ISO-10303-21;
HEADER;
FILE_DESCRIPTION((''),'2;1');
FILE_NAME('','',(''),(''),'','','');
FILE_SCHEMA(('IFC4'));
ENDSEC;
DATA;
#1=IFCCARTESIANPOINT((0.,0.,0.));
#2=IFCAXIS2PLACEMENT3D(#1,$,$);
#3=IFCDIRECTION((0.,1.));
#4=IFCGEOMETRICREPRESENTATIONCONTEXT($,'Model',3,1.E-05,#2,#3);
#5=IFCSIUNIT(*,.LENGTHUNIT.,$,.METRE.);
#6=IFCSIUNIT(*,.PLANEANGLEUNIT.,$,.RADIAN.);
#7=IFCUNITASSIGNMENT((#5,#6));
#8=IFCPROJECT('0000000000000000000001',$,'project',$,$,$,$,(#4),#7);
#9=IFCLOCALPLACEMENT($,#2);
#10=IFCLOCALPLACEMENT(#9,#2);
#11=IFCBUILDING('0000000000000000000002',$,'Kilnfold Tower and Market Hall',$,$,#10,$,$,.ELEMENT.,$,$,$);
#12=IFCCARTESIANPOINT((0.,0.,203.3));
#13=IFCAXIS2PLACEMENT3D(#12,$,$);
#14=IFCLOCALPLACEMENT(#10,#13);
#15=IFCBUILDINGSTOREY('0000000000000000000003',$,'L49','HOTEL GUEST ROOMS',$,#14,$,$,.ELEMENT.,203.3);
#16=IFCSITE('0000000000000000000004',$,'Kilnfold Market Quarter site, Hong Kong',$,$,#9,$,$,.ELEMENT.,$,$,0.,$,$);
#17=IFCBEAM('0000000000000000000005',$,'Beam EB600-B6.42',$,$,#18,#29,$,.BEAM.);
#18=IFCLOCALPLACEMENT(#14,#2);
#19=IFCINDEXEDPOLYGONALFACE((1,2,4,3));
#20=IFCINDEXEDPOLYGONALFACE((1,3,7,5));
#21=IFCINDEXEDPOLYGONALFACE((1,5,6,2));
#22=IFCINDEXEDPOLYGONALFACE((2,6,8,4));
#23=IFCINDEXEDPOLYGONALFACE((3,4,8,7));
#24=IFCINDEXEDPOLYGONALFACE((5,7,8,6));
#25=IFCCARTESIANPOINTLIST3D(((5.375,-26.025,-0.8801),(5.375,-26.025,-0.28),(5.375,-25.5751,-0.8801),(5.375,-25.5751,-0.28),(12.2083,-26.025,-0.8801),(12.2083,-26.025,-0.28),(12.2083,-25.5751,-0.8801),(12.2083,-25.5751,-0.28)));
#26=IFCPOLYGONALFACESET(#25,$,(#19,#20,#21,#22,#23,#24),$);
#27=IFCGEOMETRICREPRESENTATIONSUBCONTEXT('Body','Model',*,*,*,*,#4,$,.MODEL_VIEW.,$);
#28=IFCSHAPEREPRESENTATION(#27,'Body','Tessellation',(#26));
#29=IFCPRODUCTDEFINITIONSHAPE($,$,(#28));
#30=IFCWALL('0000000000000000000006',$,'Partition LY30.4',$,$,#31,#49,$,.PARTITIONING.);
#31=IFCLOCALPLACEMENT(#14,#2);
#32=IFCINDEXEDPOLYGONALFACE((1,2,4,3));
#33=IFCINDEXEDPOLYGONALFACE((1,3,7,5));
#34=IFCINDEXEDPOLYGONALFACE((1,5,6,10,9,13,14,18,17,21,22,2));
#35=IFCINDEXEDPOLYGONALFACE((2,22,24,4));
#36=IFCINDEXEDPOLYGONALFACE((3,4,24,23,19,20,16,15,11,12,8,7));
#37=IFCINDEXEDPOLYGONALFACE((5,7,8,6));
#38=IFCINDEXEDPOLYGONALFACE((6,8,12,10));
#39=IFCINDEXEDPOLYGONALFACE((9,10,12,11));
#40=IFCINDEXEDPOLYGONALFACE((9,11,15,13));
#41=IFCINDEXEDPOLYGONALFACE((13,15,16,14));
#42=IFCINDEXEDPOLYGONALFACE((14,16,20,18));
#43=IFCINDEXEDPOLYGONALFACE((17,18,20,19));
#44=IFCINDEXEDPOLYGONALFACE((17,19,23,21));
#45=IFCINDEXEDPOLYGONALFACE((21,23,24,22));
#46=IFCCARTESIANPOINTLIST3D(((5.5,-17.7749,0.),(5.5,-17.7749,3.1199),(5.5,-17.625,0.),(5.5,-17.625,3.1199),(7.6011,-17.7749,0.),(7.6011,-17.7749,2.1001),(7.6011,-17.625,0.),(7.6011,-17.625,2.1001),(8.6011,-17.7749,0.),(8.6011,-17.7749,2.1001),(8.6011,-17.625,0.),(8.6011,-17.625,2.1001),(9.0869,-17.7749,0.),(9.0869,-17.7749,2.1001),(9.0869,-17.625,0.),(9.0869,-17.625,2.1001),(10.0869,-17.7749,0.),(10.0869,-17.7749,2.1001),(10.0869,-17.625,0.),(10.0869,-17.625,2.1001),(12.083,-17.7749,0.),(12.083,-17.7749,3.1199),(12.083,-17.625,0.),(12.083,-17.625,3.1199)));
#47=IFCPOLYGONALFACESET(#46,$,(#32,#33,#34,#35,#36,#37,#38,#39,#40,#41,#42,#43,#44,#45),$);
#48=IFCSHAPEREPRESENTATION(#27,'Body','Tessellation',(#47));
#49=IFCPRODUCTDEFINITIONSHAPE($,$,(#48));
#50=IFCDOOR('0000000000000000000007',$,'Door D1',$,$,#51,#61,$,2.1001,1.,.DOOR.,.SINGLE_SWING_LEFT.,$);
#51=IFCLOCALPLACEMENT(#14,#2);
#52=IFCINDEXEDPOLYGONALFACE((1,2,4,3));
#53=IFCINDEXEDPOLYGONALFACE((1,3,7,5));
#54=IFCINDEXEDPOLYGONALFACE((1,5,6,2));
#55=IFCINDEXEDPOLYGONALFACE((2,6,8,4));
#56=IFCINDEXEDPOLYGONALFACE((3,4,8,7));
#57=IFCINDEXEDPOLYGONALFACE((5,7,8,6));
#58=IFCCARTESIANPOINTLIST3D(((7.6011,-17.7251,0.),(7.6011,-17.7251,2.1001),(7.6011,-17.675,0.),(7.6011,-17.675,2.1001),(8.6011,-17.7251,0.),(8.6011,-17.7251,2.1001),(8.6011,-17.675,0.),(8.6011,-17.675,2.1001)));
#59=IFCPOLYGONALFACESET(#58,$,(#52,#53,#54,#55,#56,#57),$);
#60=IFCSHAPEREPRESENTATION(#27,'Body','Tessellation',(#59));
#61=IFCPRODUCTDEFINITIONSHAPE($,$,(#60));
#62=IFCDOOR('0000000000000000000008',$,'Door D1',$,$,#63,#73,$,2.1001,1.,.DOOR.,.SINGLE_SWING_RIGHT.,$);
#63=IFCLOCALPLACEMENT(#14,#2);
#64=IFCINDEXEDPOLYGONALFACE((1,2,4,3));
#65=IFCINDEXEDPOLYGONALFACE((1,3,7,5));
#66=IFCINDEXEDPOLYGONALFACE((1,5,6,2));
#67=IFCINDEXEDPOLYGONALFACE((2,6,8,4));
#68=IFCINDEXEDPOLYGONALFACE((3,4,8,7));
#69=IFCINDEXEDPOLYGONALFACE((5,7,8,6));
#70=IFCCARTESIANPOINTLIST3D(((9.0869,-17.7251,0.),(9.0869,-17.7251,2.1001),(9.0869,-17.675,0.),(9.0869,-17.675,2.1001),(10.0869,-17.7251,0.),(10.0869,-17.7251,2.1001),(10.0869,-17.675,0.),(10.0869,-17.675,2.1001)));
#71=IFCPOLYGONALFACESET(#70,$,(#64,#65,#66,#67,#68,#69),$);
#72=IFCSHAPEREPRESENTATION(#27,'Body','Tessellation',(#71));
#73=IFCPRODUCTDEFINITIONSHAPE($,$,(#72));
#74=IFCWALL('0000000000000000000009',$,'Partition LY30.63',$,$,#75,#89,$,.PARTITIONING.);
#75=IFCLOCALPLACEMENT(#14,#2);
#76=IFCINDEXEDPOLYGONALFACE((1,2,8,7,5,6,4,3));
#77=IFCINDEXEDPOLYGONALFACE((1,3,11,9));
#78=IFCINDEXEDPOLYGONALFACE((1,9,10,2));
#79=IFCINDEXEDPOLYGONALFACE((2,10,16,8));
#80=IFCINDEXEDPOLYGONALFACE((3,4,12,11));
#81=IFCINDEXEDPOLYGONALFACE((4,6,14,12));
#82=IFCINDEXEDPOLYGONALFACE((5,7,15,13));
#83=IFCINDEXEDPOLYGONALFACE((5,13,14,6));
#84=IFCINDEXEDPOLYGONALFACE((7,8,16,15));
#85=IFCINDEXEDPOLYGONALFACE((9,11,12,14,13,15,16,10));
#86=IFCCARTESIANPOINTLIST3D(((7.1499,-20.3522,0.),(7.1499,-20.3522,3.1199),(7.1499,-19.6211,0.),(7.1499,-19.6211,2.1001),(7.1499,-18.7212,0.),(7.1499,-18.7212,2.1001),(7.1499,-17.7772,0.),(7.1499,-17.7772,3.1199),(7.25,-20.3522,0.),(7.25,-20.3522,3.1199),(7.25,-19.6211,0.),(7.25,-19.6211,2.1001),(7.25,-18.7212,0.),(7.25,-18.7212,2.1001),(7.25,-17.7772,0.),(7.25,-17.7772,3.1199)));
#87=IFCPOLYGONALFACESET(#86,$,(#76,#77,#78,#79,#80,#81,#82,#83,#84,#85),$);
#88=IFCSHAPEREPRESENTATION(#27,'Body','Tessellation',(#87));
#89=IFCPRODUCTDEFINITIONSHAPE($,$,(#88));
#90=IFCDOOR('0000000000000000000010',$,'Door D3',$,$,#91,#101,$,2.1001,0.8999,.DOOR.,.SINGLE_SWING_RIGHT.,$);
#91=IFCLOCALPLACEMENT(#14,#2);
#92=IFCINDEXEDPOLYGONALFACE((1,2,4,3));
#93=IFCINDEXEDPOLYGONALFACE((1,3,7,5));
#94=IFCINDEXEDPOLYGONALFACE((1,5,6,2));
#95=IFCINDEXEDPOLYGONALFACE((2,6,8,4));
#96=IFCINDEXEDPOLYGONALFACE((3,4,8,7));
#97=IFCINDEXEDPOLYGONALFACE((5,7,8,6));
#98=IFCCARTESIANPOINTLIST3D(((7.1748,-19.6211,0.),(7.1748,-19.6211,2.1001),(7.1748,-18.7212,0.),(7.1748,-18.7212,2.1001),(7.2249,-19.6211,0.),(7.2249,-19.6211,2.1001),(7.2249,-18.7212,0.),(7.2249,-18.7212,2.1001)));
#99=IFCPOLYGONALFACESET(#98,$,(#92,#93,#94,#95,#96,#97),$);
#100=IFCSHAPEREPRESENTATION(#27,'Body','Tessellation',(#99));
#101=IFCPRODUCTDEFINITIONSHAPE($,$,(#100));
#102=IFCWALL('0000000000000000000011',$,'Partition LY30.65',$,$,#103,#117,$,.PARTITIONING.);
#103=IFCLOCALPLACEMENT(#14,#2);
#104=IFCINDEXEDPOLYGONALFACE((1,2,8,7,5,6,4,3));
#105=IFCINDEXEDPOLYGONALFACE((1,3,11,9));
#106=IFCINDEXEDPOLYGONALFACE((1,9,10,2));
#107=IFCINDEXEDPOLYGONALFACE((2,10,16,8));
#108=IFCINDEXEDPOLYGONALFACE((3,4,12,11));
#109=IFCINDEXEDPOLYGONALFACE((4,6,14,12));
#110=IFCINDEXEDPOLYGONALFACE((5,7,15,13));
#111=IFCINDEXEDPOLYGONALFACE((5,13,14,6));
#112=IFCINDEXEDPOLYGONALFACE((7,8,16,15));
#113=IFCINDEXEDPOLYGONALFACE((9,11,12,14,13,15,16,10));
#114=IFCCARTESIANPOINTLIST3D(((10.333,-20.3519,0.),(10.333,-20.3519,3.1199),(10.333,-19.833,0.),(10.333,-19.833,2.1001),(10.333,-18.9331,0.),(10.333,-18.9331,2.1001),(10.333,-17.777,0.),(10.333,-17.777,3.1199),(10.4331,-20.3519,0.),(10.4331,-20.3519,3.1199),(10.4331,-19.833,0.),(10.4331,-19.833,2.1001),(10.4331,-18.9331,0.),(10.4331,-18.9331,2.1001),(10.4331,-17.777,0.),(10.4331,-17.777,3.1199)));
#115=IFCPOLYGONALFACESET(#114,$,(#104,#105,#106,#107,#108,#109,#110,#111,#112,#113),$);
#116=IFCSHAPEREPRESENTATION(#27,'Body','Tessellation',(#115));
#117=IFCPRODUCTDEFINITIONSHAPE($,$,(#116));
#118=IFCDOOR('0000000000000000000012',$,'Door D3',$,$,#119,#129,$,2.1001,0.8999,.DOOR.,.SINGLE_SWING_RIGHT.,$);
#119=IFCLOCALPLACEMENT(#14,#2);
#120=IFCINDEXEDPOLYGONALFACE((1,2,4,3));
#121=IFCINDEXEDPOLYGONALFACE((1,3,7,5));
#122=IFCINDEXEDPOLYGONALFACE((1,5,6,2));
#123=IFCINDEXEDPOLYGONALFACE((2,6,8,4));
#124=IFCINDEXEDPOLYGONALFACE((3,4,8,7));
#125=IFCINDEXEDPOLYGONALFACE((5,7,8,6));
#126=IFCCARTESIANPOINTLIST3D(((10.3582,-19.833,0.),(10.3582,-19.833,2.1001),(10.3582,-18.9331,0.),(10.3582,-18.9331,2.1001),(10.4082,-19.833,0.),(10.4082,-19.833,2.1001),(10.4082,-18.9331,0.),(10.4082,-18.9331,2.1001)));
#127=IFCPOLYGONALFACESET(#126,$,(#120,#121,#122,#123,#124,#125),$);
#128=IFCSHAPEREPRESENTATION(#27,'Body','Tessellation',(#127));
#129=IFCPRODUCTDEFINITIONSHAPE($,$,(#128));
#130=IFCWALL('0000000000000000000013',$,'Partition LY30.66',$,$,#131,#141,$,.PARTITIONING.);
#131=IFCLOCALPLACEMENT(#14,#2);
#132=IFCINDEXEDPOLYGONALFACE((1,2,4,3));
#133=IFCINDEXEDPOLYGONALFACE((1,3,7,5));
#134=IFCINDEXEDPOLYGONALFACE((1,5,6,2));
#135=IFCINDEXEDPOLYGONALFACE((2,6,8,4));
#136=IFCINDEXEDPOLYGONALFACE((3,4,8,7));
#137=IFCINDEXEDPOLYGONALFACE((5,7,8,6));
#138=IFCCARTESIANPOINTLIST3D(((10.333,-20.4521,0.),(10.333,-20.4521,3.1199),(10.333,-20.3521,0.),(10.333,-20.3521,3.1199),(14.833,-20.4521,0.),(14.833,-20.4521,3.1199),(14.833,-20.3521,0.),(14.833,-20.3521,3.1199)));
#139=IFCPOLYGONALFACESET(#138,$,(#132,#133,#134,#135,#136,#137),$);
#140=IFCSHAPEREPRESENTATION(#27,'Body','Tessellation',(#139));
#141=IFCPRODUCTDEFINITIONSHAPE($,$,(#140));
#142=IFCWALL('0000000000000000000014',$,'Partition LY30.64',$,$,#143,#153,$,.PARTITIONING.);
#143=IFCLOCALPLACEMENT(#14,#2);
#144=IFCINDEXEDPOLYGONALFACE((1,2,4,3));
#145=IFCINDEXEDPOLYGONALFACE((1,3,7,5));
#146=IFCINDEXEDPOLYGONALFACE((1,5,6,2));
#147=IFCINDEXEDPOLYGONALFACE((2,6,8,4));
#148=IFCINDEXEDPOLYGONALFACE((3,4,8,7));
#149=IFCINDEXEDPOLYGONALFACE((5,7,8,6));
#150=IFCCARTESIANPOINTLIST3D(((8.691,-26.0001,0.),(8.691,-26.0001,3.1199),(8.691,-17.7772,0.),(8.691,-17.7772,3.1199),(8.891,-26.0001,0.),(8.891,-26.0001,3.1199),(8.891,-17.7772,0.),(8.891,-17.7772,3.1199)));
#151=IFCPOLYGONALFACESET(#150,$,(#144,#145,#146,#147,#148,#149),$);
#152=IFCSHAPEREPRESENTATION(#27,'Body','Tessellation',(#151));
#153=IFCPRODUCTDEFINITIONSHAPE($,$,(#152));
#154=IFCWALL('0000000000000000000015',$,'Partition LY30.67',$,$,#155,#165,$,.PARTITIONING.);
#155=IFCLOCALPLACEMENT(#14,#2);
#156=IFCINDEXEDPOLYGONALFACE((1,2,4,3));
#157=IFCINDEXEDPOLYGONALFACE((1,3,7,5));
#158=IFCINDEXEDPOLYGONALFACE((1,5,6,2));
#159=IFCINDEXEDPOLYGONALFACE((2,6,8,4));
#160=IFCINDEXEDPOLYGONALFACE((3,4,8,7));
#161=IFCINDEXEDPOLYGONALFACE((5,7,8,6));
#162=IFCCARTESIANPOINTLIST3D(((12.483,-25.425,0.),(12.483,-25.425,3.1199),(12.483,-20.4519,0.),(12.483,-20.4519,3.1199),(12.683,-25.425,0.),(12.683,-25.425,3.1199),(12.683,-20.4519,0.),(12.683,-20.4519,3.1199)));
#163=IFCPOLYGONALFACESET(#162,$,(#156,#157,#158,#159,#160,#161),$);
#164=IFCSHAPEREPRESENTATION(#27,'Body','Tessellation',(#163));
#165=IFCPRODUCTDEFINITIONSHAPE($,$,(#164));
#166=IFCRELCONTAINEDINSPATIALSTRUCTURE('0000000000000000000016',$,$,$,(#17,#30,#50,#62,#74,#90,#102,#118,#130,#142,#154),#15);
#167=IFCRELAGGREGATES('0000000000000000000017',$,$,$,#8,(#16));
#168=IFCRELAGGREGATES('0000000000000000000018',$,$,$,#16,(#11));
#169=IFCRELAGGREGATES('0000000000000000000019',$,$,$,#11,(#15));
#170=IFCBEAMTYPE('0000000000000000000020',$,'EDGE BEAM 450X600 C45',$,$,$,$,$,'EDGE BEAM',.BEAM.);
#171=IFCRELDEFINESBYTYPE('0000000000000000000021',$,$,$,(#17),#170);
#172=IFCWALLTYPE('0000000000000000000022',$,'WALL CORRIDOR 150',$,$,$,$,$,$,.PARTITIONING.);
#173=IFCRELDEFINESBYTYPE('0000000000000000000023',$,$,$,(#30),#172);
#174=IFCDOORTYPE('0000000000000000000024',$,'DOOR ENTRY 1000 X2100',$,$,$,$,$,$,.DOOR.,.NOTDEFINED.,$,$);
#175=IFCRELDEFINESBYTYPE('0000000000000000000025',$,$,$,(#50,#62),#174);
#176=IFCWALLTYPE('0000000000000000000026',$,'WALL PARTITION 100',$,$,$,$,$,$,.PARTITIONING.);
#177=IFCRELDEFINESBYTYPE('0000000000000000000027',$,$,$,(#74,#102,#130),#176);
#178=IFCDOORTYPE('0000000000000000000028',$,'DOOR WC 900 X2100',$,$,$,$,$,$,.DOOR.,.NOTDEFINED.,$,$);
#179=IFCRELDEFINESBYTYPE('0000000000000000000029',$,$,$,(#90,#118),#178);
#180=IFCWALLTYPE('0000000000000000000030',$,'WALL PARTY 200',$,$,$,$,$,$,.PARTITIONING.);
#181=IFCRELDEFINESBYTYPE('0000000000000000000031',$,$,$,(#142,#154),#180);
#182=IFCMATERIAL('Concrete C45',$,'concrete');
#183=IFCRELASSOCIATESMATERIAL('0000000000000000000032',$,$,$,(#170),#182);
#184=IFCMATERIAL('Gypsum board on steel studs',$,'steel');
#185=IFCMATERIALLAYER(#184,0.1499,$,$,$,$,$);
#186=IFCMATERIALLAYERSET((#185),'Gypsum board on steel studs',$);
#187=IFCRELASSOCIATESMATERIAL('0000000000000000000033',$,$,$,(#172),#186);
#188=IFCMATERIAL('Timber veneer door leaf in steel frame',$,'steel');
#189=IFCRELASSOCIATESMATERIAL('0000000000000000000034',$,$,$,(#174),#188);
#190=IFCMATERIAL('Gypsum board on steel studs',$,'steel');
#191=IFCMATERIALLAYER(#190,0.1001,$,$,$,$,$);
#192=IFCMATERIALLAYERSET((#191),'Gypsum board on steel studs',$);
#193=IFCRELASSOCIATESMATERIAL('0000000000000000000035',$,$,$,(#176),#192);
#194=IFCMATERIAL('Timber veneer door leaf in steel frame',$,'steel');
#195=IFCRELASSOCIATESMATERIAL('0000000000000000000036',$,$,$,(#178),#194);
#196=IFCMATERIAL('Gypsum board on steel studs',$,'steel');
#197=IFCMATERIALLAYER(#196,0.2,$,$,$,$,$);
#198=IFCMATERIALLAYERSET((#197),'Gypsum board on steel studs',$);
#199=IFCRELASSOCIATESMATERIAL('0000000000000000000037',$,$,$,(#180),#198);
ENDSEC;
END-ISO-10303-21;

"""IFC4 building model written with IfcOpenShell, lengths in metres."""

from ifc_helpers import new_model, si_unit, direction, frame, frame_2d, origin, origin_2d, place, context, subcontext, project, spatial, rectangle, extrude, source, transform, mapped, material, layer, layer_set, material_profile, profile_set, type_object, element, fill, save


model = new_model("IFC4")

# Units and contexts
model_context = context("Model", 3, precision=1e-05, world=origin(), true_north=direction((0.0, 1.0)))
body_context = subcontext(model_context, "Body", "Model", "MODEL_VIEW")
ifc_project = project(units=[si_unit("LENGTHUNIT", "METRE"), si_unit("PLANEANGLEUNIT", "RADIAN")], contexts=[model_context])

# Site, building, storey
site_placement = place(None, origin())
site = spatial("IfcSite", under=ifc_project, at=site_placement, Name="Kilnfold Market Quarter site, Hong Kong", CompositionType="ELEMENT", RefElevation=0.0)
building_placement = place(site_placement, origin())
building = spatial("IfcBuilding", under=site, at=building_placement, Name="Kilnfold Tower and Market Hall", CompositionType="ELEMENT")
storey_placement = place(building_placement, frame((0.0, 0.0, 203.3)))
storey = spatial("IfcBuildingStorey", under=building, at=storey_placement, Name="L49", Description="HOTEL GUEST ROOMS", CompositionType="ELEMENT", Elevation=203.3)

# Beam
ifc_material_1 = material(Name="Concrete C45", Category="concrete")
ifc_material_profile_1 = material_profile(ifc_material_1, rectangle(XDim=0.45, YDim=0.6001, at=origin_2d()), Name="RC 450x600")
ifc_profile_set_1 = profile_set([ifc_material_profile_1], Name="Concrete C45")
beam_type = type_object("IfcBeamType", Name="EDGE BEAM 450X600 C45", ElementType="EDGE BEAM", PredefinedType="BEAM", material=ifc_profile_set_1)
shared_shape_1 = source(origin(), body_context, "Body", "SweptSolid", [
    extrude(rectangle(XDim=0.45, YDim=0.6001, at=origin_2d()), origin(), (0.0, 0.0, 1.0), 6.8333),
])
beam_placement = place(storey_placement, frame((5.375, -25.8, -0.5801), z_axis=(1.0, 0.0, 0.0), x_axis=(0.0, 1.0, 0.0)))
element("IfcBeam", 1, at=beam_placement, inside=storey, type_object=beam_type, Name="Beam EB600-B6.42", PredefinedType="BEAM", context=body_context, shape_type="MappedRepresentation", body=[
    mapped(shared_shape_1, transform((0.0, 0.0, 0.0))),
])

# Wall, openings, doors
ifc_material_2 = material(Name="Gypsum board on steel studs", Category="steel")
ifc_layer_1 = layer(ifc_material_2, 0.1499)
ifc_layer_set_1 = layer_set([ifc_layer_1], Name="Gypsum board on steel studs")
wall_type_1 = type_object("IfcWallType", Name="WALL CORRIDOR 150", PredefinedType="PARTITIONING", material=ifc_layer_set_1)
wall_1_placement = place(storey_placement, frame((5.5, -17.7, 0.0), z_axis=(0.0, 0.0, 1.0), x_axis=(1.0, 0.0, 0.0)))
wall_1 = element("IfcWall", 2, at=wall_1_placement, inside=storey, type_object=wall_type_1, Name="Partition LY30.4", PredefinedType="PARTITIONING", context=body_context, shape_type="SweptSolid", body=[
    extrude(rectangle(XDim=6.583, YDim=0.1499, at=frame_2d((3.2915, 0.0))), origin(), (0.0, 0.0, 1.0), 3.1199),
])
opening_1_placement = place(wall_1_placement, frame((2.1011, 0.0, 0.0)))
opening_1 = element("IfcOpeningElement", 3, at=opening_1_placement, cuts=wall_1, PredefinedType="OPENING", context=body_context, shape_type="SweptSolid", body=[
    extrude(rectangle(XDim=1.0, YDim=2.1001, at=frame_2d((0.5, 1.05))), frame((0.0, 0.085, 0.0), z_axis=(0.0, -1.0, 0.0), x_axis=(1.0, 0.0, 0.0)), (0.0, 0.0, 1.0), 0.1699),
])
opening_2_placement = place(wall_1_placement, frame((3.5869, 0.0, 0.0)))
opening_2 = element("IfcOpeningElement", 4, at=opening_2_placement, cuts=wall_1, PredefinedType="OPENING", context=body_context, shape_type="SweptSolid", body=[
    extrude(rectangle(XDim=1.0, YDim=2.1001, at=frame_2d((0.5, 1.05))), frame((0.0, 0.085, 0.0), z_axis=(0.0, -1.0, 0.0), x_axis=(1.0, 0.0, 0.0)), (0.0, 0.0, 1.0), 0.1699),
])
ifc_material_3 = material(Name="Timber veneer door leaf in steel frame", Category="steel")
door_type_1 = type_object("IfcDoorType", Name="DOOR ENTRY 1000 X2100", OperationType="NOTDEFINED", PredefinedType="DOOR", material=ifc_material_3)
door_1_placement = place(opening_1_placement, origin())
door_1 = element("IfcDoor", 5, at=door_1_placement, inside=storey, type_object=door_type_1, Name="Door D1", OperationType="SINGLE_SWING_LEFT", OverallHeight=2.1001, OverallWidth=1.0, PredefinedType="DOOR", context=body_context, shape_type="SweptSolid", body=[
    extrude(rectangle(XDim=1.0, YDim=2.1001, at=frame_2d((0.5, 1.05))), frame((0.0, 0.0249, 0.0), z_axis=(0.0, -1.0, 0.0), x_axis=(1.0, 0.0, 0.0)), (0.0, 0.0, 1.0), 0.05),
])
fill(opening_1, door_1)
door_2_placement = place(opening_2_placement, origin())
door_2 = element("IfcDoor", 6, at=door_2_placement, inside=storey, type_object=door_type_1, Name="Door D1", OperationType="SINGLE_SWING_RIGHT", OverallHeight=2.1001, OverallWidth=1.0, PredefinedType="DOOR", context=body_context, shape_type="SweptSolid", body=[
    extrude(rectangle(XDim=1.0, YDim=2.1001, at=frame_2d((0.5, 1.05))), frame((0.0, 0.0249, 0.0), z_axis=(0.0, -1.0, 0.0), x_axis=(1.0, 0.0, 0.0)), (0.0, 0.0, 1.0), 0.05),
])
fill(opening_2, door_2)

# Walls, openings, doors
ifc_material_4 = material(Name="Gypsum board on steel studs", Category="steel")
ifc_layer_2 = layer(ifc_material_4, 0.1001)
ifc_layer_set_2 = layer_set([ifc_layer_2], Name="Gypsum board on steel studs")
wall_type_2 = type_object("IfcWallType", Name="WALL PARTITION 100", PredefinedType="PARTITIONING", material=ifc_layer_set_2)
wall_2_placement = place(storey_placement, frame((7.2, -17.7771, 0.0), z_axis=(0.0, 0.0, 1.0), x_axis=(0.0, -1.0, 0.0)))
wall_2 = element("IfcWall", 7, at=wall_2_placement, inside=storey, type_object=wall_type_2, Name="Partition LY30.63", PredefinedType="PARTITIONING", context=body_context, shape_type="SweptSolid", body=[
    extrude(rectangle(XDim=2.575, YDim=0.1001, at=frame_2d((1.2876, 0.0))), origin(), (0.0, 0.0, 1.0), 3.1199),
])
opening_3_placement = place(wall_2_placement, frame((0.9441, 0.0, 0.0)))
opening_3 = element("IfcOpeningElement", 8, at=opening_3_placement, cuts=wall_2, PredefinedType="OPENING", context=body_context, shape_type="SweptSolid", body=[
    extrude(rectangle(XDim=0.8999, YDim=2.1001, at=frame_2d((0.45, 1.05))), frame((0.0, 0.0601, 0.0), z_axis=(0.0, -1.0, 0.0), x_axis=(1.0, 0.0, 0.0)), (0.0, 0.0, 1.0), 0.1201),
])
ifc_material_5 = material(Name="Timber veneer door leaf in steel frame", Category="steel")
door_type_2 = type_object("IfcDoorType", Name="DOOR WC 900 X2100", OperationType="NOTDEFINED", PredefinedType="DOOR", material=ifc_material_5)
door_3_placement = place(opening_3_placement, origin())
door_3 = element("IfcDoor", 9, at=door_3_placement, inside=storey, type_object=door_type_2, Name="Door D3", OperationType="SINGLE_SWING_RIGHT", OverallHeight=2.1001, OverallWidth=0.8999, PredefinedType="DOOR", context=body_context, shape_type="SweptSolid", body=[
    extrude(rectangle(XDim=0.8999, YDim=2.1001, at=frame_2d((0.45, 1.05))), frame((0.0, 0.0249, 0.0), z_axis=(0.0, -1.0, 0.0), x_axis=(1.0, 0.0, 0.0)), (0.0, 0.0, 1.0), 0.05),
])
fill(opening_3, door_3)
wall_3_placement = place(storey_placement, frame((10.3831, -20.3521, 0.0), z_axis=(0.0, 0.0, 1.0), x_axis=(0.0, 1.0, 0.0)))
wall_3 = element("IfcWall", 10, at=wall_3_placement, inside=storey, type_object=wall_type_2, Name="Partition LY30.65", PredefinedType="PARTITIONING", context=body_context, shape_type="SweptSolid", body=[
    extrude(rectangle(XDim=2.575, YDim=0.1001, at=frame_2d((1.2876, 0.0))), origin(), (0.0, 0.0, 1.0), 3.1199),
])
opening_4_placement = place(wall_3_placement, frame((0.519, 0.0, 0.0)))
opening_4 = element("IfcOpeningElement", 11, at=opening_4_placement, cuts=wall_3, PredefinedType="OPENING", context=body_context, shape_type="SweptSolid", body=[
    extrude(rectangle(XDim=0.8999, YDim=2.1001, at=frame_2d((0.45, 1.05))), frame((0.0, 0.0601, 0.0), z_axis=(0.0, -1.0, 0.0), x_axis=(1.0, 0.0, 0.0)), (0.0, 0.0, 1.0), 0.1201),
])
door_4_placement = place(opening_4_placement, origin())
door_4 = element("IfcDoor", 12, at=door_4_placement, inside=storey, type_object=door_type_2, Name="Door D3", OperationType="SINGLE_SWING_RIGHT", OverallHeight=2.1001, OverallWidth=0.8999, PredefinedType="DOOR", context=body_context, shape_type="SweptSolid", body=[
    extrude(rectangle(XDim=0.8999, YDim=2.1001, at=frame_2d((0.45, 1.05))), frame((0.0, 0.0249, 0.0), z_axis=(0.0, -1.0, 0.0), x_axis=(1.0, 0.0, 0.0)), (0.0, 0.0, 1.0), 0.05),
])
fill(opening_4, door_4)

# Walls
wall_4_placement = place(storey_placement, frame((10.333, -20.4021, 0.0), z_axis=(0.0, 0.0, 1.0), x_axis=(1.0, 0.0, 0.0)))
element("IfcWall", 13, at=wall_4_placement, inside=storey, type_object=wall_type_2, Name="Partition LY30.66", PredefinedType="PARTITIONING", context=body_context, shape_type="SweptSolid", body=[
    extrude(rectangle(XDim=4.5, YDim=0.1001, at=frame_2d((2.25, 0.0))), origin(), (0.0, 0.0, 1.0), 3.1199),
])
ifc_material_6 = material(Name="Gypsum board on steel studs", Category="steel")
ifc_layer_3 = layer(ifc_material_6, 0.2)
ifc_layer_set_3 = layer_set([ifc_layer_3], Name="Gypsum board on steel studs")
wall_type_3 = type_object("IfcWallType", Name="WALL PARTY 200", PredefinedType="PARTITIONING", material=ifc_layer_set_3)
wall_5_placement = place(storey_placement, frame((8.791, -26.0, 0.0), z_axis=(0.0, 0.0, 1.0), x_axis=(0.0, 1.0, 0.0)))
element("IfcWall", 14, at=wall_5_placement, inside=storey, type_object=wall_type_3, Name="Partition LY30.64", PredefinedType="PARTITIONING", context=body_context, shape_type="SweptSolid", body=[
    extrude(rectangle(XDim=8.2229, YDim=0.2, at=frame_2d((4.1113, 0.0))), origin(), (0.0, 0.0, 1.0), 3.1199),
])
wall_6_placement = place(storey_placement, frame((12.583, -25.425, 0.0), z_axis=(0.0, 0.0, 1.0), x_axis=(0.0, 1.0, 0.0)))
element("IfcWall", 15, at=wall_6_placement, inside=storey, type_object=wall_type_3, Name="Partition LY30.67", PredefinedType="PARTITIONING", context=body_context, shape_type="SweptSolid", body=[
    extrude(rectangle(XDim=4.9731, YDim=0.2, at=frame_2d((2.4866, 0.0))), origin(), (0.0, 0.0, 1.0), 3.1199),
])

save(model, "model.ifc")
